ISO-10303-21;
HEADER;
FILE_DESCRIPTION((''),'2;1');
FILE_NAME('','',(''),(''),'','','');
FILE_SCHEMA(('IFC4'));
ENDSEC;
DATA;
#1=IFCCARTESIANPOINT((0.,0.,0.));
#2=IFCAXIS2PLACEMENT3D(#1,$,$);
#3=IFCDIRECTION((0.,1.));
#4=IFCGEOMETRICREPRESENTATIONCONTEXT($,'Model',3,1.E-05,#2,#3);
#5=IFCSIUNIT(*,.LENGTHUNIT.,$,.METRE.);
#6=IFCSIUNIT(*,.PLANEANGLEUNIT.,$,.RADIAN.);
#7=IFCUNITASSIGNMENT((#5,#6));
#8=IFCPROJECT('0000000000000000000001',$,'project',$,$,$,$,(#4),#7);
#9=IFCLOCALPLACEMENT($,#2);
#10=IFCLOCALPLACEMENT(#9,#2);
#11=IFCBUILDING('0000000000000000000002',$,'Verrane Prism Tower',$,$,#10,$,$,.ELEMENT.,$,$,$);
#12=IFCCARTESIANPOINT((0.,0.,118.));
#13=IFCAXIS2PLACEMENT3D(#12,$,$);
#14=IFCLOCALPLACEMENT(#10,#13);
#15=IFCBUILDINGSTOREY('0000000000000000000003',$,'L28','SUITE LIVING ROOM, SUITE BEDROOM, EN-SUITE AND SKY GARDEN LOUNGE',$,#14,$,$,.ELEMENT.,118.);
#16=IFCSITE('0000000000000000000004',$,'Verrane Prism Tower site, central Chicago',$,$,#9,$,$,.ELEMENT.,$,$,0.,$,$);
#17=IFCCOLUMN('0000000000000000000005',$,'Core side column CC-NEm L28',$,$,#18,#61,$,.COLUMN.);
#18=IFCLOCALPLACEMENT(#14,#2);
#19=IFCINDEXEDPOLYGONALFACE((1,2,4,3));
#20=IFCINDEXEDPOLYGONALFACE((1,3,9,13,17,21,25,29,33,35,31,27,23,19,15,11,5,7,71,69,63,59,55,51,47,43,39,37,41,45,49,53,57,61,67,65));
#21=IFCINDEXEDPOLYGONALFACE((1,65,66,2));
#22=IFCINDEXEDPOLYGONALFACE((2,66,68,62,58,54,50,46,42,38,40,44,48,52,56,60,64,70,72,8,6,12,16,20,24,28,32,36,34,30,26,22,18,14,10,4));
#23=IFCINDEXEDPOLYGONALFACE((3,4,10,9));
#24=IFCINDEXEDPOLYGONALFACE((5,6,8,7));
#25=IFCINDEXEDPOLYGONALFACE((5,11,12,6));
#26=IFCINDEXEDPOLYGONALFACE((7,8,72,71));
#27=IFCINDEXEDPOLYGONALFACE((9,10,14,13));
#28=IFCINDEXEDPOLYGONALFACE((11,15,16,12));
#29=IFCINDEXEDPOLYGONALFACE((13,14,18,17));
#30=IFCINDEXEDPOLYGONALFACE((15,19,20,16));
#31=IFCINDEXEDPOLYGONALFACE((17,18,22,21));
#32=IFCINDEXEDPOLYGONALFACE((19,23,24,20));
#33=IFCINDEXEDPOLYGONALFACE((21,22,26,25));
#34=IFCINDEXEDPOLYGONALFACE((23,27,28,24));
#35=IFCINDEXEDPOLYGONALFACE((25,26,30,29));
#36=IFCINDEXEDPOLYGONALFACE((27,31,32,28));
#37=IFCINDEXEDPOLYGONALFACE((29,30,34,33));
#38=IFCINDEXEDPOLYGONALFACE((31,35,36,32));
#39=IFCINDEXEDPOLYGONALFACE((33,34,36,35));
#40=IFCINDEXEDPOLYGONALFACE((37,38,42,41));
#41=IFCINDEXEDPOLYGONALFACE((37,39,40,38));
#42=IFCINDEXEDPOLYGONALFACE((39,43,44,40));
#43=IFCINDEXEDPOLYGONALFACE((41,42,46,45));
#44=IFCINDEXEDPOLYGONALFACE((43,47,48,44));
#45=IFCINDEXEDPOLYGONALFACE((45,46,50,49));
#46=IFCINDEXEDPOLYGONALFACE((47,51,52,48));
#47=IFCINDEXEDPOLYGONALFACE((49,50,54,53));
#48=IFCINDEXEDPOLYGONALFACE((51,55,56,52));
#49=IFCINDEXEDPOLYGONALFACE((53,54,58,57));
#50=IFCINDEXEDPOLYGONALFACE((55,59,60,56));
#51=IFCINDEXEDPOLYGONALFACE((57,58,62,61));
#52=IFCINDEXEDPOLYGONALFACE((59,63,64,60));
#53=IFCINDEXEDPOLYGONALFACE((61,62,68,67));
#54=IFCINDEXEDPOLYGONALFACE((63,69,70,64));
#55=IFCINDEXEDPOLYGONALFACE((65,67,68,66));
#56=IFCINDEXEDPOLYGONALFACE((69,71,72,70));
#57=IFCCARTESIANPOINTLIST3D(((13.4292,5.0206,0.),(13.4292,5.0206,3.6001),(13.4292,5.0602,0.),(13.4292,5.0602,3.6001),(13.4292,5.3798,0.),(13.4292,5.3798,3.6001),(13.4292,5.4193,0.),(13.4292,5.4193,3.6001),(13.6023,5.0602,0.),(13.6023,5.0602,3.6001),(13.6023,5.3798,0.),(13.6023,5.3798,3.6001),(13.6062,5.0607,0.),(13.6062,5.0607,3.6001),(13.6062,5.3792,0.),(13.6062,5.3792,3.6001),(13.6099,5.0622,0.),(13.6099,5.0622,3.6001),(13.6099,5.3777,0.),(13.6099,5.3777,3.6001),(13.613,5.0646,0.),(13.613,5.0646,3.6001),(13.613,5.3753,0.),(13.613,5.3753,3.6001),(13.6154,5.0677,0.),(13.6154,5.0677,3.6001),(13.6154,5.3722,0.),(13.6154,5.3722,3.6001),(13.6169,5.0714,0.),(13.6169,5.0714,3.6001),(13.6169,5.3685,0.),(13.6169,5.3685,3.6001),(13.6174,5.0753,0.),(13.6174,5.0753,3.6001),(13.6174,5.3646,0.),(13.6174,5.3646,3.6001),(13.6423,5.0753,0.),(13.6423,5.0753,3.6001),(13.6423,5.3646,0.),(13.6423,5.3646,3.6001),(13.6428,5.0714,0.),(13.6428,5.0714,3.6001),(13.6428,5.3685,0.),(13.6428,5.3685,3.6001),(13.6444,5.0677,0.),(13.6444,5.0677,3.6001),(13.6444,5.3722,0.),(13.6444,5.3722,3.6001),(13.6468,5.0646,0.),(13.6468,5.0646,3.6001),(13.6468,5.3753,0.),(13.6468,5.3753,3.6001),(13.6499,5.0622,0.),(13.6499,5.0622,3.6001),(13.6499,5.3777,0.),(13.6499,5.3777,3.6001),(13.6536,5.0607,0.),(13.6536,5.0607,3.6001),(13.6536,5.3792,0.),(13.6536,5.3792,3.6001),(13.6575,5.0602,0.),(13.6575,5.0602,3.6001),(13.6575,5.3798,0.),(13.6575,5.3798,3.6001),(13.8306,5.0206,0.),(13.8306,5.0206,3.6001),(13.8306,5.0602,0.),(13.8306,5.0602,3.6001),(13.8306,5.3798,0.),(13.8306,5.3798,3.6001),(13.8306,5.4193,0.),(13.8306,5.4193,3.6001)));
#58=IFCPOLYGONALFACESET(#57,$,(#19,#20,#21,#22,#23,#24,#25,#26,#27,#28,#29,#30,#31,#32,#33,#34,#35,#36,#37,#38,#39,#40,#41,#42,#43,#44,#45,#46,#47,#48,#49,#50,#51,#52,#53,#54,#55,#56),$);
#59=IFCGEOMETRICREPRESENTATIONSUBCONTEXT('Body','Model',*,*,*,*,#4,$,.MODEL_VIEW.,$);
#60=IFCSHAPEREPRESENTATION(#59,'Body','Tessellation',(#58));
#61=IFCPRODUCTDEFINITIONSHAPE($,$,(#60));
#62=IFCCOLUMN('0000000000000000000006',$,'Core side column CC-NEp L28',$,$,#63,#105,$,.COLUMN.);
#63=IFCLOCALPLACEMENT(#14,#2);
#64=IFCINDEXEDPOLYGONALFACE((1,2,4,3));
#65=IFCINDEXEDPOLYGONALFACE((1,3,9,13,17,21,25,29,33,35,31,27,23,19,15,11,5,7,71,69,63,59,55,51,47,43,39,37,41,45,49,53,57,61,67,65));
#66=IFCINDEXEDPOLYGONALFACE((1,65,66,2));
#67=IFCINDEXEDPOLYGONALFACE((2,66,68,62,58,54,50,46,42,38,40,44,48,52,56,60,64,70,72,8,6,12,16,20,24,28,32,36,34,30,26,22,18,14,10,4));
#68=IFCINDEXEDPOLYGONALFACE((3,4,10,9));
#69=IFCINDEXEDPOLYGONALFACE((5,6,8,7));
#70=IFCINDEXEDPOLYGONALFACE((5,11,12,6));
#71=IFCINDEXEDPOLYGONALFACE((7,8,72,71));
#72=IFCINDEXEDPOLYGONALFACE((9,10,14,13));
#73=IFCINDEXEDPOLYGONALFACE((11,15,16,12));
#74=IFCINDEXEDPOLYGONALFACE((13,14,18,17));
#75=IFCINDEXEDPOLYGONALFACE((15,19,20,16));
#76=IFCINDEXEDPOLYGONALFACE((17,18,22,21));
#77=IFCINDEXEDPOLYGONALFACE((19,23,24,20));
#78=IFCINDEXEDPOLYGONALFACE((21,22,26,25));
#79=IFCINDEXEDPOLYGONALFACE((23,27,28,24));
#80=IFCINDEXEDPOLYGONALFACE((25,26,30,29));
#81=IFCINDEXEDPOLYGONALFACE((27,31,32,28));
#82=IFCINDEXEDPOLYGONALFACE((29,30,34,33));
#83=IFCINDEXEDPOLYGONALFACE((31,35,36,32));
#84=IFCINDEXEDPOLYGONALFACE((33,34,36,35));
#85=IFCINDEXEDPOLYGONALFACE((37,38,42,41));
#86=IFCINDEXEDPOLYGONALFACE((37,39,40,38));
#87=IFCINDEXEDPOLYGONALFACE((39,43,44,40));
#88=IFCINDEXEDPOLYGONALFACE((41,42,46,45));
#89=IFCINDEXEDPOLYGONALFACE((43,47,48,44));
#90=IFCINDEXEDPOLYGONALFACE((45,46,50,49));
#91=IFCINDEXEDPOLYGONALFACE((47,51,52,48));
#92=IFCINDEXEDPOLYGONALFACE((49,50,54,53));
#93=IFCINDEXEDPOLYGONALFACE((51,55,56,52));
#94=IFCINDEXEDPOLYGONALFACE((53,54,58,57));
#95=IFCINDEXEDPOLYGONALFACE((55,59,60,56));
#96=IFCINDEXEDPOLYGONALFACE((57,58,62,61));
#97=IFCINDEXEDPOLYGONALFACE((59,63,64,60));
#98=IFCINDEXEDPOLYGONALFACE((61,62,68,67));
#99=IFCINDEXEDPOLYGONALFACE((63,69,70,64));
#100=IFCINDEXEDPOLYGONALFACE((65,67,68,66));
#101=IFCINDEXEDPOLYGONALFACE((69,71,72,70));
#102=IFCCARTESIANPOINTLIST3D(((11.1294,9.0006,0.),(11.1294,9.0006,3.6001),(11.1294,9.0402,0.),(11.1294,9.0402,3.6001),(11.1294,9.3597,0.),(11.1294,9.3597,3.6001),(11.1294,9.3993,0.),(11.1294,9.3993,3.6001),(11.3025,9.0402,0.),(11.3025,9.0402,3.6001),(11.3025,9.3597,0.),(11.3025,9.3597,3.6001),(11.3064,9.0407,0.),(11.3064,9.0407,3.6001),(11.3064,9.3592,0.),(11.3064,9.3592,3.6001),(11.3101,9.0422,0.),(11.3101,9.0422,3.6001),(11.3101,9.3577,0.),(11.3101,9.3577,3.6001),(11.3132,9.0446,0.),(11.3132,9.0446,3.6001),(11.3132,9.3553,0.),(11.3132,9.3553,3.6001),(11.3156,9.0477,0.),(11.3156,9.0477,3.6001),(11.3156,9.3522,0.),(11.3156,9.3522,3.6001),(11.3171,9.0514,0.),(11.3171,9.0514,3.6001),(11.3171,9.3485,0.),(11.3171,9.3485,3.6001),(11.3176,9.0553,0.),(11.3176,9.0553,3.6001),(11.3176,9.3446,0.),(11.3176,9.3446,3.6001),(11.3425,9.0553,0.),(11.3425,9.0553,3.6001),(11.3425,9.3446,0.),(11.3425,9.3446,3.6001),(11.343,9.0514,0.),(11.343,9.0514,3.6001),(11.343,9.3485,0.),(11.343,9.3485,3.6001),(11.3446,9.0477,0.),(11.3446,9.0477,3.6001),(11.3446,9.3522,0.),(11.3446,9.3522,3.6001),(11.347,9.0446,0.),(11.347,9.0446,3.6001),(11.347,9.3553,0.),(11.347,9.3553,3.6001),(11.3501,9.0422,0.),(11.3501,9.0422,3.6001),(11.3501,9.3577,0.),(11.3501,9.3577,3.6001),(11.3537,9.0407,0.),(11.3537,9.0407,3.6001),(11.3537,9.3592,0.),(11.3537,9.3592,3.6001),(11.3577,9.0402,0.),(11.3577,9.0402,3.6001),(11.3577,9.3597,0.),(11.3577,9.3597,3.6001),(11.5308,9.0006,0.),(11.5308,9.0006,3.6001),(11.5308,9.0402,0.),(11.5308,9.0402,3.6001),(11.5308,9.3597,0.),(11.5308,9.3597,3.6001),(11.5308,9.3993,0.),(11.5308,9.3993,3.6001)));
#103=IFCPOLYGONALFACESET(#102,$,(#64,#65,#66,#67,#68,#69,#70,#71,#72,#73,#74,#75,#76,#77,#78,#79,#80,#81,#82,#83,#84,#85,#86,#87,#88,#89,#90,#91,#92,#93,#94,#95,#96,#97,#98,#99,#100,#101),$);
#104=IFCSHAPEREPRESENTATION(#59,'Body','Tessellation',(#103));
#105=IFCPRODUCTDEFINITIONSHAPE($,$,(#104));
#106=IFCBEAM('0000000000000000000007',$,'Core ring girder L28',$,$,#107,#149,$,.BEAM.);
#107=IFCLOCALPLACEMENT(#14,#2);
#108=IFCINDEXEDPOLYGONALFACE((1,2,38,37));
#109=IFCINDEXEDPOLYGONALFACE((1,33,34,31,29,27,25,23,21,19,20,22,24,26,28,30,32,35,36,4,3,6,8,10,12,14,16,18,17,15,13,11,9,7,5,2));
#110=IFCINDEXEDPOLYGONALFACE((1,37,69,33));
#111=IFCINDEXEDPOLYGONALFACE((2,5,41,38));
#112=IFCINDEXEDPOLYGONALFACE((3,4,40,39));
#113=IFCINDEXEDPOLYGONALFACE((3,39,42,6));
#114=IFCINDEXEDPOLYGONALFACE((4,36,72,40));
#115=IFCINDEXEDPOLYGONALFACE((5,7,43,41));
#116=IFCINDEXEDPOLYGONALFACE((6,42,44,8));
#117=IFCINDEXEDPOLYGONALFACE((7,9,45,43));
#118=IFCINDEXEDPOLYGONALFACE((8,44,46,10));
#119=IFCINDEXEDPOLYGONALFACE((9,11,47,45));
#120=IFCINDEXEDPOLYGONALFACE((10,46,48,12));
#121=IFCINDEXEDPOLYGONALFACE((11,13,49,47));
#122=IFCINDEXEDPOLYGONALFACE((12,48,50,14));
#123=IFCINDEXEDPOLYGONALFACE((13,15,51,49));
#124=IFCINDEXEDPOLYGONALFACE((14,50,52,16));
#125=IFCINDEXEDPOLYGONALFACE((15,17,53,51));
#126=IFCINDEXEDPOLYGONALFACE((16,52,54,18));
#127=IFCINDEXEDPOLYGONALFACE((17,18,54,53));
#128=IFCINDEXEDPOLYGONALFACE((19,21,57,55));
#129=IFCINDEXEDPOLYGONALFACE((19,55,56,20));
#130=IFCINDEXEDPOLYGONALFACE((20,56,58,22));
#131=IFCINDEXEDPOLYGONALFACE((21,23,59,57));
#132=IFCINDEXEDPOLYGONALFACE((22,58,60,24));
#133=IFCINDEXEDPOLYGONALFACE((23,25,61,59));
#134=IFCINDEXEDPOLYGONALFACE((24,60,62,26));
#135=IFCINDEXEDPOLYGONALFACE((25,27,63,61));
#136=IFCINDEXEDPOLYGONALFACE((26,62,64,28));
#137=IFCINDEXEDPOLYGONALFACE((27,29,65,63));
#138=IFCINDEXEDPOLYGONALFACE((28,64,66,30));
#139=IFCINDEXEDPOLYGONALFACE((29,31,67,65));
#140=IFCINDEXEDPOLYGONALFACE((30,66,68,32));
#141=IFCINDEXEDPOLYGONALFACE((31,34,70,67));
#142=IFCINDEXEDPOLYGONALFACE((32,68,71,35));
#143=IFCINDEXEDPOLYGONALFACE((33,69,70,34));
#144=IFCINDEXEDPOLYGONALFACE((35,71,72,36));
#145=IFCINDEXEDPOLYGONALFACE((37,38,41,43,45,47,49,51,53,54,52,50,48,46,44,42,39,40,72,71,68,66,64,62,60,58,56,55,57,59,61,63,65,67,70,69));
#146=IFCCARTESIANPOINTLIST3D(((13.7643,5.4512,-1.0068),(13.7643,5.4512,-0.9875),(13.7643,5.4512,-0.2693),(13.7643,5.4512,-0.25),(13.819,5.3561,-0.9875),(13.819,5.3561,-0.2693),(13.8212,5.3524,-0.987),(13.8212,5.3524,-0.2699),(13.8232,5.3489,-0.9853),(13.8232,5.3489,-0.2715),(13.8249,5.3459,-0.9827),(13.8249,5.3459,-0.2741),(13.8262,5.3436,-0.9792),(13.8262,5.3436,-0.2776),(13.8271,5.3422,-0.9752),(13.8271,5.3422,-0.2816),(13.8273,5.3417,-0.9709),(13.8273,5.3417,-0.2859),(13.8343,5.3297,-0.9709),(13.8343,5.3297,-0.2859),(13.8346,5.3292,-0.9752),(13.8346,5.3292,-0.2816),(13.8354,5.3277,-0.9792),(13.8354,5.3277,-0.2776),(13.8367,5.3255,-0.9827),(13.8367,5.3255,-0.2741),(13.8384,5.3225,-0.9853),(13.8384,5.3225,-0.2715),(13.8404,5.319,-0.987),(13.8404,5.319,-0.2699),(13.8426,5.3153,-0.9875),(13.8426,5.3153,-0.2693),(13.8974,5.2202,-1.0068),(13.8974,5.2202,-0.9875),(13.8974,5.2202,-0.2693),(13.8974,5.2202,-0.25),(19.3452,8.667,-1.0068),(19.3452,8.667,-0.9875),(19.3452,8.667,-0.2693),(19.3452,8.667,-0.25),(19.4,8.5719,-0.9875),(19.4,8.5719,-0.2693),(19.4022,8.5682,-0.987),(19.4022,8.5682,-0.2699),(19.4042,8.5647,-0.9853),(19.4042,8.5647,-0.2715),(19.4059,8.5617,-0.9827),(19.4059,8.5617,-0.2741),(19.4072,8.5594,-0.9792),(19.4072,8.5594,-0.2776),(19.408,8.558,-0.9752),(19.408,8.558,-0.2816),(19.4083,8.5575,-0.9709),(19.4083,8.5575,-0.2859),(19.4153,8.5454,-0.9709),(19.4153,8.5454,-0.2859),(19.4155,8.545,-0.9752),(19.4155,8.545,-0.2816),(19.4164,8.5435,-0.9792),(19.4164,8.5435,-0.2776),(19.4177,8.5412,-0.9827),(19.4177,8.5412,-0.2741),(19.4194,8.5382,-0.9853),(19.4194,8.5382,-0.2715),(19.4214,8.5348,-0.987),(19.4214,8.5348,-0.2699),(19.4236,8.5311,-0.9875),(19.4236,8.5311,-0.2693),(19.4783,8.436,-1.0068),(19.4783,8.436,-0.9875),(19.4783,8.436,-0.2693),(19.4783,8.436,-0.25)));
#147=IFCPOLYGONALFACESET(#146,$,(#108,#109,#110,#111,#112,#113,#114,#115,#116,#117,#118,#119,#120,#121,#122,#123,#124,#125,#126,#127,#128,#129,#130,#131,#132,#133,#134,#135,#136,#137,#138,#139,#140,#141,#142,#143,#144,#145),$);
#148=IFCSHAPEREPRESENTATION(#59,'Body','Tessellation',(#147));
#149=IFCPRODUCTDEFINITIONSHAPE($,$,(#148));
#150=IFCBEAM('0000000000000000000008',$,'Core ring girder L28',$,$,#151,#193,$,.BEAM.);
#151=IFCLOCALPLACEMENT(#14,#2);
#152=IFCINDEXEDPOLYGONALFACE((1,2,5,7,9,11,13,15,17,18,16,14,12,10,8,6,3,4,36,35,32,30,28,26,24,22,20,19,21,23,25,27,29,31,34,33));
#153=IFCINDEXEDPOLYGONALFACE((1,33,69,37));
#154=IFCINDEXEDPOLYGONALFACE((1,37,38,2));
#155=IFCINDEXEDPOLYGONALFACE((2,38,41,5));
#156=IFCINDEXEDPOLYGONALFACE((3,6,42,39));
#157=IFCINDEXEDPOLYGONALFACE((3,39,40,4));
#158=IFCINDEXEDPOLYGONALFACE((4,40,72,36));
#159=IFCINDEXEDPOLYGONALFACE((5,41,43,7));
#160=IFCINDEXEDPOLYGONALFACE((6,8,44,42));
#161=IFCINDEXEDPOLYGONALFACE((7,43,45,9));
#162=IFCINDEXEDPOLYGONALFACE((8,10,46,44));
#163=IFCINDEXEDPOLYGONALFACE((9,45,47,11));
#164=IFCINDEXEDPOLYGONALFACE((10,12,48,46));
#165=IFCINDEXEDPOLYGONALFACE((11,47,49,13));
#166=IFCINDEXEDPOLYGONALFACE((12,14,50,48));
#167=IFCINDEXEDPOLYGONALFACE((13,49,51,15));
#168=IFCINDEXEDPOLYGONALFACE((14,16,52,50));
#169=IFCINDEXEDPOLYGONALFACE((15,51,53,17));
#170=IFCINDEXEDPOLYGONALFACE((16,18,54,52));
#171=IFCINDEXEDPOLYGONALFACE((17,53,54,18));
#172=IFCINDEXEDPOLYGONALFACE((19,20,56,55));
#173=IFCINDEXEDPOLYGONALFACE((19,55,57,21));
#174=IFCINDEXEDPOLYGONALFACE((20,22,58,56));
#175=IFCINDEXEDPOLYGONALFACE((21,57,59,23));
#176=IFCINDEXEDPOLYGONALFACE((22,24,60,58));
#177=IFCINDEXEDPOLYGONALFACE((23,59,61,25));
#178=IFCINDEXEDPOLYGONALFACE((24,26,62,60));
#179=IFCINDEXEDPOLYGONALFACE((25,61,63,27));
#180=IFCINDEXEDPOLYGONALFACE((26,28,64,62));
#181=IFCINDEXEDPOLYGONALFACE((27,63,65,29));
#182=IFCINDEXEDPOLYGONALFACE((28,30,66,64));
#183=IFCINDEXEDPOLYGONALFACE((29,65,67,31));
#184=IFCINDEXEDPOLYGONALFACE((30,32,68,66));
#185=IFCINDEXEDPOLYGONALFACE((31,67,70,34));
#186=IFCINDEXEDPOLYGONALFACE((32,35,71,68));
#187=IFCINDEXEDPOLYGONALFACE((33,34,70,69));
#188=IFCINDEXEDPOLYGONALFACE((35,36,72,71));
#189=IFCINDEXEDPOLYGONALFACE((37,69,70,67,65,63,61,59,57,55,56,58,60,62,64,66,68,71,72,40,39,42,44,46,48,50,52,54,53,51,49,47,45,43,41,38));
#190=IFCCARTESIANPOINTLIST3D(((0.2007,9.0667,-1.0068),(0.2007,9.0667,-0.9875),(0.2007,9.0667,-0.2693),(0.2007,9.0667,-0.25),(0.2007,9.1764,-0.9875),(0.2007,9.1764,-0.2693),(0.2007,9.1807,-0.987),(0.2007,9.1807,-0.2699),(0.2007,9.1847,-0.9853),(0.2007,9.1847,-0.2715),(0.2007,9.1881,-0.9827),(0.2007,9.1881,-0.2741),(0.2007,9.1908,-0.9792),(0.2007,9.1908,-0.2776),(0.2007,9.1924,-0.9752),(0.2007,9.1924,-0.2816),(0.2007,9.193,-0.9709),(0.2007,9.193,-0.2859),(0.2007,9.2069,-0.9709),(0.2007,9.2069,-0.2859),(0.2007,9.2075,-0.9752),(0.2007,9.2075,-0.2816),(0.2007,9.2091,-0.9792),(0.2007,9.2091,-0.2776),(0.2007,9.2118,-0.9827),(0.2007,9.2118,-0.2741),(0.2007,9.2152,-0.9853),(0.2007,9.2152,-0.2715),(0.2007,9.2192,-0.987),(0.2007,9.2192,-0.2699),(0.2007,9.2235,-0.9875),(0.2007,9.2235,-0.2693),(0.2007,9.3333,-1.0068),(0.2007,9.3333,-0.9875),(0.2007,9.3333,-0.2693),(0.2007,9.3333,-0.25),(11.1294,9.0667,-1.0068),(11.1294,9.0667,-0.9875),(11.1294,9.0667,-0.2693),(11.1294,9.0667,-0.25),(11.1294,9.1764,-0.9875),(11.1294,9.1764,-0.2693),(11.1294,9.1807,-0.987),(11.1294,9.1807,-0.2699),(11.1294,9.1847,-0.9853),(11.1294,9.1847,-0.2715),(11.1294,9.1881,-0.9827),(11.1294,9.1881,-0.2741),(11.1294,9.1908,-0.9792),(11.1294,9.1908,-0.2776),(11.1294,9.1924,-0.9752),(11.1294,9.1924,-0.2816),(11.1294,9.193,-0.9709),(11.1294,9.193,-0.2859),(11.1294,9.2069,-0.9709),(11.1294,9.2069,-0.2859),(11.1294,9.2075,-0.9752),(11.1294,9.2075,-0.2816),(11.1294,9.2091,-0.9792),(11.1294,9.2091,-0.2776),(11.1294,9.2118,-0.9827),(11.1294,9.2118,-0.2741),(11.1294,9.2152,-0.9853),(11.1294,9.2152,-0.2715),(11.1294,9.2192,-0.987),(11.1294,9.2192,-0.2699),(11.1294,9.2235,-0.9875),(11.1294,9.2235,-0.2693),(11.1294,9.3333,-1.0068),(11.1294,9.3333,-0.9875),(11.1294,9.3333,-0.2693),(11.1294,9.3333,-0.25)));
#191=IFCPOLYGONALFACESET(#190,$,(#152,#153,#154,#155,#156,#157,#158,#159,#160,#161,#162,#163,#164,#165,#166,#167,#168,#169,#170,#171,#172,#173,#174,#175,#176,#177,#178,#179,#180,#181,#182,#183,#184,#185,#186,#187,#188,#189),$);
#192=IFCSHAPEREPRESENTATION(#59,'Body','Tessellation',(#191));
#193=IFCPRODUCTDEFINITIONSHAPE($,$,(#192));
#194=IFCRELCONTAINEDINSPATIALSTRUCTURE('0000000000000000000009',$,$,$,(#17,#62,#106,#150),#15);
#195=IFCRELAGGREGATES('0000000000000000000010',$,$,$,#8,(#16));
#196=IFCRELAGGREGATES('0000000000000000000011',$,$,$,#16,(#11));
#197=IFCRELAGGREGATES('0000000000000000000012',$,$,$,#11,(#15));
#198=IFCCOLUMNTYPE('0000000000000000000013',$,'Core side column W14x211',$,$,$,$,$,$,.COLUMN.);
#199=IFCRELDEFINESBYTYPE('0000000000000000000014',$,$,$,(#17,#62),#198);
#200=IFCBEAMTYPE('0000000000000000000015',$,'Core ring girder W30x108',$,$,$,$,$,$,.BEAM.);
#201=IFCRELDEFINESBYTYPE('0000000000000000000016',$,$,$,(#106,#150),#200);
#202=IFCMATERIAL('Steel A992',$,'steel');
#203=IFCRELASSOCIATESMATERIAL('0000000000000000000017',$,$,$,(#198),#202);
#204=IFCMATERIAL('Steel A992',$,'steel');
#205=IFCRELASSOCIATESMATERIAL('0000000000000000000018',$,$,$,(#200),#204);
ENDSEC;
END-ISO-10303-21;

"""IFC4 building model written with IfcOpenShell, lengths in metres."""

from ifc_helpers import new_model, si_unit, direction, frame, origin, origin_2d, place, context, subcontext, project, spatial, i_section, extrude, material, material_profile, profile_set, type_object, element, save


model = new_model("IFC4")

# Units and contexts
model_context = context("Model", 3, precision=1e-05, world=origin(), true_north=direction((0.0, 1.0)))
body_context = subcontext(model_context, "Body", "Model", "MODEL_VIEW")
ifc_project = project(units=[si_unit("LENGTHUNIT", "METRE"), si_unit("PLANEANGLEUNIT", "RADIAN")], contexts=[model_context])

# Site, building, storey
site_placement = place(None, origin())
site = spatial("IfcSite", under=ifc_project, at=site_placement, Name="Verrane Prism Tower site, central Chicago", CompositionType="ELEMENT", RefElevation=0.0)
building_placement = place(site_placement, origin())
building = spatial("IfcBuilding", under=site, at=building_placement, Name="Verrane Prism Tower", CompositionType="ELEMENT")
storey_placement = place(building_placement, frame((0.0, 0.0, 118.0)))
storey = spatial("IfcBuildingStorey", under=building, at=storey_placement, Name="L28", Description="SUITE LIVING ROOM, SUITE BEDROOM, EN-SUITE AND SKY GARDEN LOUNGE", CompositionType="ELEMENT", Elevation=118.0)

# Columns
ifc_material_1 = material(Name="Steel A992", Category="steel")
ifc_material_profile_1 = material_profile(ifc_material_1, i_section(OverallWidth=0.4014, OverallDepth=0.3987, WebThickness=0.0249, FlangeThickness=0.0396, FilletRadius=0.0151, at=origin_2d()), Name="W14x211")
ifc_profile_set_1 = profile_set([ifc_material_profile_1], Name="Steel A992")
column_type = type_object("IfcColumnType", Name="Core side column W14x211", PredefinedType="COLUMN", material=ifc_profile_set_1)
for number, where, z_axis, x_axis, name in (
    (1, (13.6299, 5.22, 0.0), (0.0, 0.0, 1.0), (1.0, 0.0, 0.0), "Core side column CC-NEm L28"),
    (2, (11.3301, 9.2, 0.0), (0.0, 0.0, 1.0), (1.0, 0.0, 0.0), "Core side column CC-NEp L28"),
):
    element("IfcColumn", number, at=place(storey_placement, frame(where, z_axis=z_axis, x_axis=x_axis)), inside=storey, type_object=column_type, Name=name, PredefinedType="COLUMN", context=body_context, shape_type="SweptSolid", body=[
        extrude(i_section(OverallWidth=0.4014, OverallDepth=0.3987, WebThickness=0.0249, FlangeThickness=0.0396, FilletRadius=0.0151, at=origin_2d()), origin(), (0.0, 0.0, 1.0), 3.6001),
    ])

# Beams
ifc_material_2 = material(Name="Steel A992", Category="steel")
ifc_material_profile_2 = material_profile(ifc_material_2, i_section(OverallWidth=0.2666, OverallDepth=0.7568, WebThickness=0.0139, FlangeThickness=0.0193, FilletRadius=0.0166, at=origin_2d()), Name="W30x108")
ifc_profile_set_2 = profile_set([ifc_material_profile_2], Name="Steel A992")
beam_type = type_object("IfcBeamType", Name="Core ring girder W30x108", PredefinedType="BEAM", material=ifc_profile_set_2)
beam_1_placement = place(storey_placement, frame((13.8308, 5.3357, -0.6284), z_axis=(0.866456, 0.499254, 0.0), x_axis=(-0.499254, 0.866456, 0.0)))
element("IfcBeam", 3, at=beam_1_placement, inside=storey, type_object=beam_type, Name="Core ring girder L28", PredefinedType="BEAM", context=body_context, shape_type="SweptSolid", body=[
    extrude(i_section(OverallWidth=0.2666, OverallDepth=0.7568, WebThickness=0.0139, FlangeThickness=0.0193, FilletRadius=0.0166, at=origin_2d()), origin(), (0.0, 0.0, 1.0), 6.4412),
])
beam_2_placement = place(storey_placement, frame((11.1294, 9.2, -0.6284), z_axis=(-1.0, 0.0, 0.0), x_axis=(0.0, -1.0, 0.0)))
element("IfcBeam", 4, at=beam_2_placement, inside=storey, type_object=beam_type, Name="Core ring girder L28", PredefinedType="BEAM", context=body_context, shape_type="SweptSolid", body=[
    extrude(i_section(OverallWidth=0.2666, OverallDepth=0.7568, WebThickness=0.0139, FlangeThickness=0.0193, FilletRadius=0.0166, at=origin_2d()), origin(), (0.0, 0.0, 1.0), 10.9287),
])

save(model, "model.ifc")
